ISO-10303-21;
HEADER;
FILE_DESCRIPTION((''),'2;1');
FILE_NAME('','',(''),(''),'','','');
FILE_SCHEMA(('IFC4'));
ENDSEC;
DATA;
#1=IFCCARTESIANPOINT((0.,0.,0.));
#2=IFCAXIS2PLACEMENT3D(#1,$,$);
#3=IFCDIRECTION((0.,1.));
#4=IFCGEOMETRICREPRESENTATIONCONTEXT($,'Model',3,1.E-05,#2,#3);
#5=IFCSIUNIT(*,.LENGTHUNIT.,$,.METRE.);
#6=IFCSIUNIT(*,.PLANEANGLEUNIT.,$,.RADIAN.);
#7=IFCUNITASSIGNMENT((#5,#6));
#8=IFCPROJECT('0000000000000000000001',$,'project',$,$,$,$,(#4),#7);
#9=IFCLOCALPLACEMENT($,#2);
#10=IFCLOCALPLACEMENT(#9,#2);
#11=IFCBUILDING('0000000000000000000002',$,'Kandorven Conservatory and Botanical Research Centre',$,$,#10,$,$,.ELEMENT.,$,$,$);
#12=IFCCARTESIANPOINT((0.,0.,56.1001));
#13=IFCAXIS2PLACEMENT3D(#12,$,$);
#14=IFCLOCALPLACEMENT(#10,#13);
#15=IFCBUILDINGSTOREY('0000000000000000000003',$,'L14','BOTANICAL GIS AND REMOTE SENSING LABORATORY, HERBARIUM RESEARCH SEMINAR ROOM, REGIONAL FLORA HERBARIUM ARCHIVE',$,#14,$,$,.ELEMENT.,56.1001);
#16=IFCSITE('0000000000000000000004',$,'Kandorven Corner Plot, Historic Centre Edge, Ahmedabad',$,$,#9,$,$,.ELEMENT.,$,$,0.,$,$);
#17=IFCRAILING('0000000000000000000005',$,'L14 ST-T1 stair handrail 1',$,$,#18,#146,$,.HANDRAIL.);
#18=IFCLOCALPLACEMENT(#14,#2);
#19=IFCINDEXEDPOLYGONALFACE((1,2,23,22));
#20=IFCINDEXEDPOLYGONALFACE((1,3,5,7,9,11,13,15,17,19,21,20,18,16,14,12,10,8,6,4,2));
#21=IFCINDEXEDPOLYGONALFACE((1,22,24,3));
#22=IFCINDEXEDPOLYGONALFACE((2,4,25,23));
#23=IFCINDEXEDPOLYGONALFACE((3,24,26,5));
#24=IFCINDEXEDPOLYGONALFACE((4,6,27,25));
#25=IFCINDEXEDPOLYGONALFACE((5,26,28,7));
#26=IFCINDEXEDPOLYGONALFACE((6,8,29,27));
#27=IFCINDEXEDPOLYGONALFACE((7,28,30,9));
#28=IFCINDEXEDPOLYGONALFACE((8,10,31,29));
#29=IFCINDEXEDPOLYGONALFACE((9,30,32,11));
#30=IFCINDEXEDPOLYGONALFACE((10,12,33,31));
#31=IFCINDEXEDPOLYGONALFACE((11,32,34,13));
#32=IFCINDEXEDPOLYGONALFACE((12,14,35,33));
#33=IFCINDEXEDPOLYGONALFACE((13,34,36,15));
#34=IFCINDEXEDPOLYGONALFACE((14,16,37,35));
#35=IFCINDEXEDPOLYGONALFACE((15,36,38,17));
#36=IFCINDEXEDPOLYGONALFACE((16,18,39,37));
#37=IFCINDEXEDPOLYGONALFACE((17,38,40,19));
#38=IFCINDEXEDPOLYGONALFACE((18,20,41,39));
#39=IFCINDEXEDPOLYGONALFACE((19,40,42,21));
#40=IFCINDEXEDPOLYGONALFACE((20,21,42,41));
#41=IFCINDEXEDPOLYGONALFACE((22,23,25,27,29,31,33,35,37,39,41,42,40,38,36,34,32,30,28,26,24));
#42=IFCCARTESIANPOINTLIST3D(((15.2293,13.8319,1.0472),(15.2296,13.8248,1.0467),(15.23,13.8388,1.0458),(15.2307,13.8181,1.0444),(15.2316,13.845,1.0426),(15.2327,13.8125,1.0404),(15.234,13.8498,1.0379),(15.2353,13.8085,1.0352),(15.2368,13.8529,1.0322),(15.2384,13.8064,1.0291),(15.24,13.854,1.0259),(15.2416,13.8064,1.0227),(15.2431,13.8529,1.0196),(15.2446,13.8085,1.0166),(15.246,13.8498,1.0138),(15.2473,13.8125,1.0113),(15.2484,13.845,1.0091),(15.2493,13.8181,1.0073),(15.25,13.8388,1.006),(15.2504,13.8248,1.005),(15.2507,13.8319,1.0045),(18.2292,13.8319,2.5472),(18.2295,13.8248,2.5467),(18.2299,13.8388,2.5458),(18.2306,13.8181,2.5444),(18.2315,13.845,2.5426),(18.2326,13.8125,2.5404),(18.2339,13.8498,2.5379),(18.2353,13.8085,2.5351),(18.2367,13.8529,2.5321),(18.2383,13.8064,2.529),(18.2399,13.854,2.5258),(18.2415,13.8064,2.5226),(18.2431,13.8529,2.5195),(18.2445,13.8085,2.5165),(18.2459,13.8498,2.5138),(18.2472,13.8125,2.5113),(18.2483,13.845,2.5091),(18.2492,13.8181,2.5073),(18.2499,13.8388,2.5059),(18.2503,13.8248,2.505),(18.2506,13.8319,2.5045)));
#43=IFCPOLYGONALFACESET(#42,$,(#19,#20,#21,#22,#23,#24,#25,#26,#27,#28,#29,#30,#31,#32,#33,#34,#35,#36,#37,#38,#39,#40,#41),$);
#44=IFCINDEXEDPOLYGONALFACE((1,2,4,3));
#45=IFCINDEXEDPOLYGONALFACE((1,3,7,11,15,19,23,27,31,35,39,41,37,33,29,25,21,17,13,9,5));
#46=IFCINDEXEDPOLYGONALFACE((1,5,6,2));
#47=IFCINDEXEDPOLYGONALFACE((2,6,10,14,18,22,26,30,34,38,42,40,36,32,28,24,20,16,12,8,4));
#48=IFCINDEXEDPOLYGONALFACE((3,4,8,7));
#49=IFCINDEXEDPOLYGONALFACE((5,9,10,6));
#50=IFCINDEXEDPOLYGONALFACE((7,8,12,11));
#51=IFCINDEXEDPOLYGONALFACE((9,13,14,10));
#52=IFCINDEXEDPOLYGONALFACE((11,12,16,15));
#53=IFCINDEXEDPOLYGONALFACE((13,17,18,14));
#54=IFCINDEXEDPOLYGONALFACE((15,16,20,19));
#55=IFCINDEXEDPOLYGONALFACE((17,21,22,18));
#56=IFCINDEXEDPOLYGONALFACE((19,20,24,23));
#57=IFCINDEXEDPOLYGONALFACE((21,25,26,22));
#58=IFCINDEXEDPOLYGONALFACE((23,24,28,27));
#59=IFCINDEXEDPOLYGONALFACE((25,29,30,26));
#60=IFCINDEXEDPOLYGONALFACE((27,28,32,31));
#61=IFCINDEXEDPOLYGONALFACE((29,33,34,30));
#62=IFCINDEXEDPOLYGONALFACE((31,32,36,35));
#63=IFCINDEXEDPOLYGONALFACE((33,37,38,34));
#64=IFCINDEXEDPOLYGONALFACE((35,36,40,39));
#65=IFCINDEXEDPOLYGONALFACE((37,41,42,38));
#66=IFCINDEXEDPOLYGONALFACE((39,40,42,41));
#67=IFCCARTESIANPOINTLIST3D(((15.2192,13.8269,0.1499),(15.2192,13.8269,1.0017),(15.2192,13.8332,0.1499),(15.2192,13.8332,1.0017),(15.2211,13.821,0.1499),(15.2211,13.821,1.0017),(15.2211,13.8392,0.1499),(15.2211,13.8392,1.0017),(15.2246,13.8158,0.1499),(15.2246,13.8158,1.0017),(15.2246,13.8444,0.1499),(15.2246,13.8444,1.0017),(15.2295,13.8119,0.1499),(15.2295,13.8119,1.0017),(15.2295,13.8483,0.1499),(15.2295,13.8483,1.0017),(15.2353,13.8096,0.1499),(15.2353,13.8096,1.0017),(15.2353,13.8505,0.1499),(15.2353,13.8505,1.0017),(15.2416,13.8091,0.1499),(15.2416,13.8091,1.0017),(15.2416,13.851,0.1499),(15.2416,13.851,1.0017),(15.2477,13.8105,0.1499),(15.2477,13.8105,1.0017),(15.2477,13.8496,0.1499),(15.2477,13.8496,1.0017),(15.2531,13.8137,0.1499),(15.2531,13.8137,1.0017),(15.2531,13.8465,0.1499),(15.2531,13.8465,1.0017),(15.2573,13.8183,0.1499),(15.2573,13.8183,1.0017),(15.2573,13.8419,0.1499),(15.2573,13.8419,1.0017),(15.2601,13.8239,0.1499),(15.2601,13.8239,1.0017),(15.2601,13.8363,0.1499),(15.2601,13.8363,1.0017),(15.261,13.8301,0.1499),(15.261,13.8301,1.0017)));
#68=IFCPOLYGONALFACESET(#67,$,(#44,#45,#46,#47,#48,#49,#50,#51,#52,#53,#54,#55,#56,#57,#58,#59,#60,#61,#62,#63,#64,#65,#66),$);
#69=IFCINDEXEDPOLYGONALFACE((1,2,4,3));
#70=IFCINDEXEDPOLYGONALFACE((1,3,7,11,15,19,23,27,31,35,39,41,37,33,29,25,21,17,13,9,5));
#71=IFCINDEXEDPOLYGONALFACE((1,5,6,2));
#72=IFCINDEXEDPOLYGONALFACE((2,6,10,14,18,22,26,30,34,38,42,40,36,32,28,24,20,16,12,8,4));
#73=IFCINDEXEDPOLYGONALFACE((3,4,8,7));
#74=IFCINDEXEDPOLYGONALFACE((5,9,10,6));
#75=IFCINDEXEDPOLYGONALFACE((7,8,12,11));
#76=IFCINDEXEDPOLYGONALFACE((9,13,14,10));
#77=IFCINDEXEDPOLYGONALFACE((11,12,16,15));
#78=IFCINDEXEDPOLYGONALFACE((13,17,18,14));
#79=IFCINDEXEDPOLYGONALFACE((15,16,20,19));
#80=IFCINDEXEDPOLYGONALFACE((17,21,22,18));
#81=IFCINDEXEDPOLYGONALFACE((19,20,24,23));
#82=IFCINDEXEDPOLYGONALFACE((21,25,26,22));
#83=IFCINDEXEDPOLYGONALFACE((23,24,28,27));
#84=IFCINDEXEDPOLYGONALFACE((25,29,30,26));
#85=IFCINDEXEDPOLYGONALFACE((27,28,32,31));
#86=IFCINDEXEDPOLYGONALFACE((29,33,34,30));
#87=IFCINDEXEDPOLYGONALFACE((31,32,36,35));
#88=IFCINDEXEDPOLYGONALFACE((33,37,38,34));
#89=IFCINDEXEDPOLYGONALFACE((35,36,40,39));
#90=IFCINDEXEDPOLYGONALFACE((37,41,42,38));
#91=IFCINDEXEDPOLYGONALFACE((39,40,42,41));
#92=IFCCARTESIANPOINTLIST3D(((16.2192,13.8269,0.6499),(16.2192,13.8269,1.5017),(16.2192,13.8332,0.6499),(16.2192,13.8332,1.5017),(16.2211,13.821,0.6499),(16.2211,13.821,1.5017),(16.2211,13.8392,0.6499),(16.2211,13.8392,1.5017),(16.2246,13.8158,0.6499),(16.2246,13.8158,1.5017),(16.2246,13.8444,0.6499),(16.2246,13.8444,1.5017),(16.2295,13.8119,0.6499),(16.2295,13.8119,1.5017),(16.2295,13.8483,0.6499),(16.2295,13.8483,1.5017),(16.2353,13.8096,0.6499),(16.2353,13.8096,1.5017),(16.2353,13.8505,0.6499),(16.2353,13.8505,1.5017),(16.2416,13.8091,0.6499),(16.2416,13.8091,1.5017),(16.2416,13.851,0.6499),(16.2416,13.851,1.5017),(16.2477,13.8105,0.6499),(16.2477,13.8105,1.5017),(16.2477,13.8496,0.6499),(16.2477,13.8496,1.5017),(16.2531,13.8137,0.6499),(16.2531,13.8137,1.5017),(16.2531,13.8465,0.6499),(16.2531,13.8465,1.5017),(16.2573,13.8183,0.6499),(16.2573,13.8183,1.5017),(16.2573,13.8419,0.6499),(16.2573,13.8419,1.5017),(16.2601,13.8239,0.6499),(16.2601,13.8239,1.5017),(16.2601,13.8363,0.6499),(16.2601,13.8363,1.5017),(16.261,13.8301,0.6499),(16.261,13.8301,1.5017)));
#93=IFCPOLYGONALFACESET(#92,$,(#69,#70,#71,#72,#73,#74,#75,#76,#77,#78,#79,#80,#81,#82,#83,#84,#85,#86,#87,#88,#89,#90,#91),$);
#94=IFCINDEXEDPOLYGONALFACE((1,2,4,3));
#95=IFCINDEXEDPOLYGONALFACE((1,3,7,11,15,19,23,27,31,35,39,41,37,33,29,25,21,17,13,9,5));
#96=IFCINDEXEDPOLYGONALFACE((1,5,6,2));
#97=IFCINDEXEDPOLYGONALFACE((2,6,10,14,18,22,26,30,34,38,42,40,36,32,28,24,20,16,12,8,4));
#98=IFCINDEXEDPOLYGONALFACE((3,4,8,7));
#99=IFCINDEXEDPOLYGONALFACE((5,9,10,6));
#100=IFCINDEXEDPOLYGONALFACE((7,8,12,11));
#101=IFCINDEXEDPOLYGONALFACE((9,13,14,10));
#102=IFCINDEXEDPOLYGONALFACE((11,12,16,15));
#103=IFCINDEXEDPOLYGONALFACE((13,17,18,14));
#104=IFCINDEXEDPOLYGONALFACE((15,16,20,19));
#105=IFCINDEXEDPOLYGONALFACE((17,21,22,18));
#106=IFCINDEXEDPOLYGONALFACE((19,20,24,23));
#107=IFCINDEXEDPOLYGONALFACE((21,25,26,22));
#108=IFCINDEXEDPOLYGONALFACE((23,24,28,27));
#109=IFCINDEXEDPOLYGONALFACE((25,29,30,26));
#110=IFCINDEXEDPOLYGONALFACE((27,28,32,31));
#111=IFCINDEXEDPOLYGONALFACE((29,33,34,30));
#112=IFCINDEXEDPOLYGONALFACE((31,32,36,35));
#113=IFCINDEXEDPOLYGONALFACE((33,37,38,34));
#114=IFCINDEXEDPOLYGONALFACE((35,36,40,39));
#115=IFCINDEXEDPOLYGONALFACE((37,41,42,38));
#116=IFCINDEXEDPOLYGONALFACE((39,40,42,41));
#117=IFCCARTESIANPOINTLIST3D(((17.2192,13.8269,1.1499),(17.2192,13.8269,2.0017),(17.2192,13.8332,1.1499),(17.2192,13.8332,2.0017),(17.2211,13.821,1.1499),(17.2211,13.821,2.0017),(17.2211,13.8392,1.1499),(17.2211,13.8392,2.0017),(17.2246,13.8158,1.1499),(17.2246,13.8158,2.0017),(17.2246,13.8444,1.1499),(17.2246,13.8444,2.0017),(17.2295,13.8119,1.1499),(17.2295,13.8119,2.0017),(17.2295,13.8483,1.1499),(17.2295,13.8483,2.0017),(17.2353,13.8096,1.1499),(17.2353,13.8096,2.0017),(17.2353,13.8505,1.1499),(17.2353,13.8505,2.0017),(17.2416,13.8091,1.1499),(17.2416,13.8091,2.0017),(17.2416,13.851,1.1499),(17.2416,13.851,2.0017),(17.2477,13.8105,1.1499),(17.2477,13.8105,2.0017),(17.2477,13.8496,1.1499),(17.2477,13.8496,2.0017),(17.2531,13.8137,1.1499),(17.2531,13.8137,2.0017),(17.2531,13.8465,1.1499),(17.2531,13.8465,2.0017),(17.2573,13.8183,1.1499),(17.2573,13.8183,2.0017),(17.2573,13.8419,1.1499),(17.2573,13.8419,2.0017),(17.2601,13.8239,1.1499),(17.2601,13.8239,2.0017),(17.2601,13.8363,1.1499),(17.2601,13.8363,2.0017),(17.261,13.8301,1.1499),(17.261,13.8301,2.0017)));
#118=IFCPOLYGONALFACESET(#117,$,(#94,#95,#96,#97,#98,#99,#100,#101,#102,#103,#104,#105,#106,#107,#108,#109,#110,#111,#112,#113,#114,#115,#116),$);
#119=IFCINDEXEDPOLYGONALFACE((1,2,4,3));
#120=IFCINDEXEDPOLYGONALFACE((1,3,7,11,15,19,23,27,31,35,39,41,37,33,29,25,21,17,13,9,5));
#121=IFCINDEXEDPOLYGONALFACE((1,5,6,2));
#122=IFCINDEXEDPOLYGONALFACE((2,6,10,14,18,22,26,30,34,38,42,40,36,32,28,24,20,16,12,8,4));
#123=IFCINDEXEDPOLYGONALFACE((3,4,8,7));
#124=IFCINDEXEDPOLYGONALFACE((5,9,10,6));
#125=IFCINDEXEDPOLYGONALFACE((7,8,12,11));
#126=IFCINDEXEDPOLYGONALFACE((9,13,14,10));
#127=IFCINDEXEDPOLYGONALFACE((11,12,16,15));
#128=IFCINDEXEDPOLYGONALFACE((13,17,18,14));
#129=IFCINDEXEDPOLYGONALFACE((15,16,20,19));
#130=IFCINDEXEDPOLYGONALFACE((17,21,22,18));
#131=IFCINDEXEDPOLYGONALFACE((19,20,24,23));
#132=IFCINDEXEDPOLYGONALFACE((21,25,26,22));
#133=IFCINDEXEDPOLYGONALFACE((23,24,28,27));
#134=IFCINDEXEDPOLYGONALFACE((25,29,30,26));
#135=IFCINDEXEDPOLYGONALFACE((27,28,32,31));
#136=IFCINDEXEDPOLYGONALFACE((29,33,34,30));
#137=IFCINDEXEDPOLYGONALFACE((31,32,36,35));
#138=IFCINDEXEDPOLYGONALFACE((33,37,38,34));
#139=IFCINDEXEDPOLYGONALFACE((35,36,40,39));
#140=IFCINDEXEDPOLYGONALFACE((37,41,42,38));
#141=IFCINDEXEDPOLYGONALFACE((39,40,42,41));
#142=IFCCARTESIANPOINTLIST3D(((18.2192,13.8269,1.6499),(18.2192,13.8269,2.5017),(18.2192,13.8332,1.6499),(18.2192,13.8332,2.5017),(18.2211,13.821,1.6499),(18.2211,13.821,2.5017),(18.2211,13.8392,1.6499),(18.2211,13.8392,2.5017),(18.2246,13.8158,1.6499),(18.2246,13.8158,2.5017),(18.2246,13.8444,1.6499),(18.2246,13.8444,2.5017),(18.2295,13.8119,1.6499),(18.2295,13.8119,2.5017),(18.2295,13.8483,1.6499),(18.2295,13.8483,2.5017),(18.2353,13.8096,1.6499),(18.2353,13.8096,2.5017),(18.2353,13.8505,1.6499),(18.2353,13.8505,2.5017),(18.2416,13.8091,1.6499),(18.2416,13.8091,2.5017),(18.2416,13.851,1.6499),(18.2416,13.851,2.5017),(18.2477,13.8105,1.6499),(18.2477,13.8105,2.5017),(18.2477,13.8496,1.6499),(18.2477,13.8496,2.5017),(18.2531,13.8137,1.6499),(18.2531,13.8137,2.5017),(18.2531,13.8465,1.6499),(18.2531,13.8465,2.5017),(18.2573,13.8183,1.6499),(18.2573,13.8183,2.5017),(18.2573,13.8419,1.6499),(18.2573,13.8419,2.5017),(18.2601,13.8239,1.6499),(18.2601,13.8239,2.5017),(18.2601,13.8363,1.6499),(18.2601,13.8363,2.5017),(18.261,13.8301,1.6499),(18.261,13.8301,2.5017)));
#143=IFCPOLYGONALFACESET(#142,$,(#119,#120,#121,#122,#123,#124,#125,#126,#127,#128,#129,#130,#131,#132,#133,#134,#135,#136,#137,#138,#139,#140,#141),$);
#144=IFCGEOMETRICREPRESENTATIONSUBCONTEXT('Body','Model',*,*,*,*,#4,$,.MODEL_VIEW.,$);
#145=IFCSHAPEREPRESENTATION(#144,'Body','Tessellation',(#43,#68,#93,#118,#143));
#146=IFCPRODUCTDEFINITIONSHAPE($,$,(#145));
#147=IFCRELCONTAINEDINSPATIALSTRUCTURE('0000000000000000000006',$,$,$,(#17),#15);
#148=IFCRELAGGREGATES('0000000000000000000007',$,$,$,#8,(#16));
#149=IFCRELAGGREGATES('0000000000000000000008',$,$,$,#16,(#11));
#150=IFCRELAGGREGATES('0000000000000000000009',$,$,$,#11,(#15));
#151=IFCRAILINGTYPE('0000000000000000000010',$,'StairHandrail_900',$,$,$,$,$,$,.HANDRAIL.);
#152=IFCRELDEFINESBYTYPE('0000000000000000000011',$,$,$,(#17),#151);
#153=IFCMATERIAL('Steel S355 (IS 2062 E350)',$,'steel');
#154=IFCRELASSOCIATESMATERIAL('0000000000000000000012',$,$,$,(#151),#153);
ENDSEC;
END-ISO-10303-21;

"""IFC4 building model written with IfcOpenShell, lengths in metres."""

from ifc_helpers import new_model, si_unit, direction, frame, origin, origin_2d, place, context, subcontext, project, spatial, circle, extrude, material, type_object, element, save


model = new_model("IFC4")

# Units and contexts
model_context = context("Model", 3, precision=1e-05, world=origin(), true_north=direction((0.0, 1.0)))
body_context = subcontext(model_context, "Body", "Model", "MODEL_VIEW")
ifc_project = project(units=[si_unit("LENGTHUNIT", "METRE"), si_unit("PLANEANGLEUNIT", "RADIAN")], contexts=[model_context])

# Site, building, storey
site_placement = place(None, origin())
site = spatial("IfcSite", under=ifc_project, at=site_placement, Name="Kandorven Corner Plot, Historic Centre Edge, Ahmedabad", CompositionType="ELEMENT", RefElevation=0.0)
building_placement = place(site_placement, origin())
building = spatial("IfcBuilding", under=site, at=building_placement, Name="Kandorven Conservatory and Botanical Research Centre", CompositionType="ELEMENT")
storey_placement = place(building_placement, frame((0.0, 0.0, 56.1001)))
storey = spatial("IfcBuildingStorey", under=building, at=storey_placement, Name="L14", Description="BOTANICAL GIS AND REMOTE SENSING LABORATORY, HERBARIUM RESEARCH SEMINAR ROOM, REGIONAL FLORA HERBARIUM ARCHIVE", CompositionType="ELEMENT", Elevation=56.1001)

# Railing
ifc_material_1 = material(Name="Steel S355 (IS 2062 E350)", Category="steel")
railing_type_1 = type_object("IfcRailingType", Name="StairHandrail_900", PredefinedType="HANDRAIL", material=ifc_material_1)
railing_1_placement = place(storey_placement, frame((15.24, 13.8301, 0.1499)))
element("IfcRailing", 1, at=railing_1_placement, inside=storey, type_object=railing_type_1, Name="L14 ST-T1 stair handrail 1", PredefinedType="HANDRAIL", context=body_context, shape_type="SweptSolid", body=[
    extrude(circle(Radius=0.0239, at=origin_2d()), frame((0.0, 0.0, 0.876), z_axis=(0.894427, 0.0, 0.447214), x_axis=(0.0, 1.0, 0.0)), (0.0, 0.0, 1.0), 3.354),
    extrude(circle(Radius=0.021, at=origin_2d()), origin(), (0.0, 0.0, 1.0), 0.8518),
    extrude(circle(Radius=0.021, at=origin_2d()), frame((1.0, 0.0, 0.5)), (0.0, 0.0, 1.0), 0.8518),
    extrude(circle(Radius=0.021, at=origin_2d()), frame((2.0, 0.0, 1.0)), (0.0, 0.0, 1.0), 0.8518),
    extrude(circle(Radius=0.021, at=origin_2d()), frame((3.0, 0.0, 1.5)), (0.0, 0.0, 1.0), 0.8518),
])

save(model, "model.ifc")
